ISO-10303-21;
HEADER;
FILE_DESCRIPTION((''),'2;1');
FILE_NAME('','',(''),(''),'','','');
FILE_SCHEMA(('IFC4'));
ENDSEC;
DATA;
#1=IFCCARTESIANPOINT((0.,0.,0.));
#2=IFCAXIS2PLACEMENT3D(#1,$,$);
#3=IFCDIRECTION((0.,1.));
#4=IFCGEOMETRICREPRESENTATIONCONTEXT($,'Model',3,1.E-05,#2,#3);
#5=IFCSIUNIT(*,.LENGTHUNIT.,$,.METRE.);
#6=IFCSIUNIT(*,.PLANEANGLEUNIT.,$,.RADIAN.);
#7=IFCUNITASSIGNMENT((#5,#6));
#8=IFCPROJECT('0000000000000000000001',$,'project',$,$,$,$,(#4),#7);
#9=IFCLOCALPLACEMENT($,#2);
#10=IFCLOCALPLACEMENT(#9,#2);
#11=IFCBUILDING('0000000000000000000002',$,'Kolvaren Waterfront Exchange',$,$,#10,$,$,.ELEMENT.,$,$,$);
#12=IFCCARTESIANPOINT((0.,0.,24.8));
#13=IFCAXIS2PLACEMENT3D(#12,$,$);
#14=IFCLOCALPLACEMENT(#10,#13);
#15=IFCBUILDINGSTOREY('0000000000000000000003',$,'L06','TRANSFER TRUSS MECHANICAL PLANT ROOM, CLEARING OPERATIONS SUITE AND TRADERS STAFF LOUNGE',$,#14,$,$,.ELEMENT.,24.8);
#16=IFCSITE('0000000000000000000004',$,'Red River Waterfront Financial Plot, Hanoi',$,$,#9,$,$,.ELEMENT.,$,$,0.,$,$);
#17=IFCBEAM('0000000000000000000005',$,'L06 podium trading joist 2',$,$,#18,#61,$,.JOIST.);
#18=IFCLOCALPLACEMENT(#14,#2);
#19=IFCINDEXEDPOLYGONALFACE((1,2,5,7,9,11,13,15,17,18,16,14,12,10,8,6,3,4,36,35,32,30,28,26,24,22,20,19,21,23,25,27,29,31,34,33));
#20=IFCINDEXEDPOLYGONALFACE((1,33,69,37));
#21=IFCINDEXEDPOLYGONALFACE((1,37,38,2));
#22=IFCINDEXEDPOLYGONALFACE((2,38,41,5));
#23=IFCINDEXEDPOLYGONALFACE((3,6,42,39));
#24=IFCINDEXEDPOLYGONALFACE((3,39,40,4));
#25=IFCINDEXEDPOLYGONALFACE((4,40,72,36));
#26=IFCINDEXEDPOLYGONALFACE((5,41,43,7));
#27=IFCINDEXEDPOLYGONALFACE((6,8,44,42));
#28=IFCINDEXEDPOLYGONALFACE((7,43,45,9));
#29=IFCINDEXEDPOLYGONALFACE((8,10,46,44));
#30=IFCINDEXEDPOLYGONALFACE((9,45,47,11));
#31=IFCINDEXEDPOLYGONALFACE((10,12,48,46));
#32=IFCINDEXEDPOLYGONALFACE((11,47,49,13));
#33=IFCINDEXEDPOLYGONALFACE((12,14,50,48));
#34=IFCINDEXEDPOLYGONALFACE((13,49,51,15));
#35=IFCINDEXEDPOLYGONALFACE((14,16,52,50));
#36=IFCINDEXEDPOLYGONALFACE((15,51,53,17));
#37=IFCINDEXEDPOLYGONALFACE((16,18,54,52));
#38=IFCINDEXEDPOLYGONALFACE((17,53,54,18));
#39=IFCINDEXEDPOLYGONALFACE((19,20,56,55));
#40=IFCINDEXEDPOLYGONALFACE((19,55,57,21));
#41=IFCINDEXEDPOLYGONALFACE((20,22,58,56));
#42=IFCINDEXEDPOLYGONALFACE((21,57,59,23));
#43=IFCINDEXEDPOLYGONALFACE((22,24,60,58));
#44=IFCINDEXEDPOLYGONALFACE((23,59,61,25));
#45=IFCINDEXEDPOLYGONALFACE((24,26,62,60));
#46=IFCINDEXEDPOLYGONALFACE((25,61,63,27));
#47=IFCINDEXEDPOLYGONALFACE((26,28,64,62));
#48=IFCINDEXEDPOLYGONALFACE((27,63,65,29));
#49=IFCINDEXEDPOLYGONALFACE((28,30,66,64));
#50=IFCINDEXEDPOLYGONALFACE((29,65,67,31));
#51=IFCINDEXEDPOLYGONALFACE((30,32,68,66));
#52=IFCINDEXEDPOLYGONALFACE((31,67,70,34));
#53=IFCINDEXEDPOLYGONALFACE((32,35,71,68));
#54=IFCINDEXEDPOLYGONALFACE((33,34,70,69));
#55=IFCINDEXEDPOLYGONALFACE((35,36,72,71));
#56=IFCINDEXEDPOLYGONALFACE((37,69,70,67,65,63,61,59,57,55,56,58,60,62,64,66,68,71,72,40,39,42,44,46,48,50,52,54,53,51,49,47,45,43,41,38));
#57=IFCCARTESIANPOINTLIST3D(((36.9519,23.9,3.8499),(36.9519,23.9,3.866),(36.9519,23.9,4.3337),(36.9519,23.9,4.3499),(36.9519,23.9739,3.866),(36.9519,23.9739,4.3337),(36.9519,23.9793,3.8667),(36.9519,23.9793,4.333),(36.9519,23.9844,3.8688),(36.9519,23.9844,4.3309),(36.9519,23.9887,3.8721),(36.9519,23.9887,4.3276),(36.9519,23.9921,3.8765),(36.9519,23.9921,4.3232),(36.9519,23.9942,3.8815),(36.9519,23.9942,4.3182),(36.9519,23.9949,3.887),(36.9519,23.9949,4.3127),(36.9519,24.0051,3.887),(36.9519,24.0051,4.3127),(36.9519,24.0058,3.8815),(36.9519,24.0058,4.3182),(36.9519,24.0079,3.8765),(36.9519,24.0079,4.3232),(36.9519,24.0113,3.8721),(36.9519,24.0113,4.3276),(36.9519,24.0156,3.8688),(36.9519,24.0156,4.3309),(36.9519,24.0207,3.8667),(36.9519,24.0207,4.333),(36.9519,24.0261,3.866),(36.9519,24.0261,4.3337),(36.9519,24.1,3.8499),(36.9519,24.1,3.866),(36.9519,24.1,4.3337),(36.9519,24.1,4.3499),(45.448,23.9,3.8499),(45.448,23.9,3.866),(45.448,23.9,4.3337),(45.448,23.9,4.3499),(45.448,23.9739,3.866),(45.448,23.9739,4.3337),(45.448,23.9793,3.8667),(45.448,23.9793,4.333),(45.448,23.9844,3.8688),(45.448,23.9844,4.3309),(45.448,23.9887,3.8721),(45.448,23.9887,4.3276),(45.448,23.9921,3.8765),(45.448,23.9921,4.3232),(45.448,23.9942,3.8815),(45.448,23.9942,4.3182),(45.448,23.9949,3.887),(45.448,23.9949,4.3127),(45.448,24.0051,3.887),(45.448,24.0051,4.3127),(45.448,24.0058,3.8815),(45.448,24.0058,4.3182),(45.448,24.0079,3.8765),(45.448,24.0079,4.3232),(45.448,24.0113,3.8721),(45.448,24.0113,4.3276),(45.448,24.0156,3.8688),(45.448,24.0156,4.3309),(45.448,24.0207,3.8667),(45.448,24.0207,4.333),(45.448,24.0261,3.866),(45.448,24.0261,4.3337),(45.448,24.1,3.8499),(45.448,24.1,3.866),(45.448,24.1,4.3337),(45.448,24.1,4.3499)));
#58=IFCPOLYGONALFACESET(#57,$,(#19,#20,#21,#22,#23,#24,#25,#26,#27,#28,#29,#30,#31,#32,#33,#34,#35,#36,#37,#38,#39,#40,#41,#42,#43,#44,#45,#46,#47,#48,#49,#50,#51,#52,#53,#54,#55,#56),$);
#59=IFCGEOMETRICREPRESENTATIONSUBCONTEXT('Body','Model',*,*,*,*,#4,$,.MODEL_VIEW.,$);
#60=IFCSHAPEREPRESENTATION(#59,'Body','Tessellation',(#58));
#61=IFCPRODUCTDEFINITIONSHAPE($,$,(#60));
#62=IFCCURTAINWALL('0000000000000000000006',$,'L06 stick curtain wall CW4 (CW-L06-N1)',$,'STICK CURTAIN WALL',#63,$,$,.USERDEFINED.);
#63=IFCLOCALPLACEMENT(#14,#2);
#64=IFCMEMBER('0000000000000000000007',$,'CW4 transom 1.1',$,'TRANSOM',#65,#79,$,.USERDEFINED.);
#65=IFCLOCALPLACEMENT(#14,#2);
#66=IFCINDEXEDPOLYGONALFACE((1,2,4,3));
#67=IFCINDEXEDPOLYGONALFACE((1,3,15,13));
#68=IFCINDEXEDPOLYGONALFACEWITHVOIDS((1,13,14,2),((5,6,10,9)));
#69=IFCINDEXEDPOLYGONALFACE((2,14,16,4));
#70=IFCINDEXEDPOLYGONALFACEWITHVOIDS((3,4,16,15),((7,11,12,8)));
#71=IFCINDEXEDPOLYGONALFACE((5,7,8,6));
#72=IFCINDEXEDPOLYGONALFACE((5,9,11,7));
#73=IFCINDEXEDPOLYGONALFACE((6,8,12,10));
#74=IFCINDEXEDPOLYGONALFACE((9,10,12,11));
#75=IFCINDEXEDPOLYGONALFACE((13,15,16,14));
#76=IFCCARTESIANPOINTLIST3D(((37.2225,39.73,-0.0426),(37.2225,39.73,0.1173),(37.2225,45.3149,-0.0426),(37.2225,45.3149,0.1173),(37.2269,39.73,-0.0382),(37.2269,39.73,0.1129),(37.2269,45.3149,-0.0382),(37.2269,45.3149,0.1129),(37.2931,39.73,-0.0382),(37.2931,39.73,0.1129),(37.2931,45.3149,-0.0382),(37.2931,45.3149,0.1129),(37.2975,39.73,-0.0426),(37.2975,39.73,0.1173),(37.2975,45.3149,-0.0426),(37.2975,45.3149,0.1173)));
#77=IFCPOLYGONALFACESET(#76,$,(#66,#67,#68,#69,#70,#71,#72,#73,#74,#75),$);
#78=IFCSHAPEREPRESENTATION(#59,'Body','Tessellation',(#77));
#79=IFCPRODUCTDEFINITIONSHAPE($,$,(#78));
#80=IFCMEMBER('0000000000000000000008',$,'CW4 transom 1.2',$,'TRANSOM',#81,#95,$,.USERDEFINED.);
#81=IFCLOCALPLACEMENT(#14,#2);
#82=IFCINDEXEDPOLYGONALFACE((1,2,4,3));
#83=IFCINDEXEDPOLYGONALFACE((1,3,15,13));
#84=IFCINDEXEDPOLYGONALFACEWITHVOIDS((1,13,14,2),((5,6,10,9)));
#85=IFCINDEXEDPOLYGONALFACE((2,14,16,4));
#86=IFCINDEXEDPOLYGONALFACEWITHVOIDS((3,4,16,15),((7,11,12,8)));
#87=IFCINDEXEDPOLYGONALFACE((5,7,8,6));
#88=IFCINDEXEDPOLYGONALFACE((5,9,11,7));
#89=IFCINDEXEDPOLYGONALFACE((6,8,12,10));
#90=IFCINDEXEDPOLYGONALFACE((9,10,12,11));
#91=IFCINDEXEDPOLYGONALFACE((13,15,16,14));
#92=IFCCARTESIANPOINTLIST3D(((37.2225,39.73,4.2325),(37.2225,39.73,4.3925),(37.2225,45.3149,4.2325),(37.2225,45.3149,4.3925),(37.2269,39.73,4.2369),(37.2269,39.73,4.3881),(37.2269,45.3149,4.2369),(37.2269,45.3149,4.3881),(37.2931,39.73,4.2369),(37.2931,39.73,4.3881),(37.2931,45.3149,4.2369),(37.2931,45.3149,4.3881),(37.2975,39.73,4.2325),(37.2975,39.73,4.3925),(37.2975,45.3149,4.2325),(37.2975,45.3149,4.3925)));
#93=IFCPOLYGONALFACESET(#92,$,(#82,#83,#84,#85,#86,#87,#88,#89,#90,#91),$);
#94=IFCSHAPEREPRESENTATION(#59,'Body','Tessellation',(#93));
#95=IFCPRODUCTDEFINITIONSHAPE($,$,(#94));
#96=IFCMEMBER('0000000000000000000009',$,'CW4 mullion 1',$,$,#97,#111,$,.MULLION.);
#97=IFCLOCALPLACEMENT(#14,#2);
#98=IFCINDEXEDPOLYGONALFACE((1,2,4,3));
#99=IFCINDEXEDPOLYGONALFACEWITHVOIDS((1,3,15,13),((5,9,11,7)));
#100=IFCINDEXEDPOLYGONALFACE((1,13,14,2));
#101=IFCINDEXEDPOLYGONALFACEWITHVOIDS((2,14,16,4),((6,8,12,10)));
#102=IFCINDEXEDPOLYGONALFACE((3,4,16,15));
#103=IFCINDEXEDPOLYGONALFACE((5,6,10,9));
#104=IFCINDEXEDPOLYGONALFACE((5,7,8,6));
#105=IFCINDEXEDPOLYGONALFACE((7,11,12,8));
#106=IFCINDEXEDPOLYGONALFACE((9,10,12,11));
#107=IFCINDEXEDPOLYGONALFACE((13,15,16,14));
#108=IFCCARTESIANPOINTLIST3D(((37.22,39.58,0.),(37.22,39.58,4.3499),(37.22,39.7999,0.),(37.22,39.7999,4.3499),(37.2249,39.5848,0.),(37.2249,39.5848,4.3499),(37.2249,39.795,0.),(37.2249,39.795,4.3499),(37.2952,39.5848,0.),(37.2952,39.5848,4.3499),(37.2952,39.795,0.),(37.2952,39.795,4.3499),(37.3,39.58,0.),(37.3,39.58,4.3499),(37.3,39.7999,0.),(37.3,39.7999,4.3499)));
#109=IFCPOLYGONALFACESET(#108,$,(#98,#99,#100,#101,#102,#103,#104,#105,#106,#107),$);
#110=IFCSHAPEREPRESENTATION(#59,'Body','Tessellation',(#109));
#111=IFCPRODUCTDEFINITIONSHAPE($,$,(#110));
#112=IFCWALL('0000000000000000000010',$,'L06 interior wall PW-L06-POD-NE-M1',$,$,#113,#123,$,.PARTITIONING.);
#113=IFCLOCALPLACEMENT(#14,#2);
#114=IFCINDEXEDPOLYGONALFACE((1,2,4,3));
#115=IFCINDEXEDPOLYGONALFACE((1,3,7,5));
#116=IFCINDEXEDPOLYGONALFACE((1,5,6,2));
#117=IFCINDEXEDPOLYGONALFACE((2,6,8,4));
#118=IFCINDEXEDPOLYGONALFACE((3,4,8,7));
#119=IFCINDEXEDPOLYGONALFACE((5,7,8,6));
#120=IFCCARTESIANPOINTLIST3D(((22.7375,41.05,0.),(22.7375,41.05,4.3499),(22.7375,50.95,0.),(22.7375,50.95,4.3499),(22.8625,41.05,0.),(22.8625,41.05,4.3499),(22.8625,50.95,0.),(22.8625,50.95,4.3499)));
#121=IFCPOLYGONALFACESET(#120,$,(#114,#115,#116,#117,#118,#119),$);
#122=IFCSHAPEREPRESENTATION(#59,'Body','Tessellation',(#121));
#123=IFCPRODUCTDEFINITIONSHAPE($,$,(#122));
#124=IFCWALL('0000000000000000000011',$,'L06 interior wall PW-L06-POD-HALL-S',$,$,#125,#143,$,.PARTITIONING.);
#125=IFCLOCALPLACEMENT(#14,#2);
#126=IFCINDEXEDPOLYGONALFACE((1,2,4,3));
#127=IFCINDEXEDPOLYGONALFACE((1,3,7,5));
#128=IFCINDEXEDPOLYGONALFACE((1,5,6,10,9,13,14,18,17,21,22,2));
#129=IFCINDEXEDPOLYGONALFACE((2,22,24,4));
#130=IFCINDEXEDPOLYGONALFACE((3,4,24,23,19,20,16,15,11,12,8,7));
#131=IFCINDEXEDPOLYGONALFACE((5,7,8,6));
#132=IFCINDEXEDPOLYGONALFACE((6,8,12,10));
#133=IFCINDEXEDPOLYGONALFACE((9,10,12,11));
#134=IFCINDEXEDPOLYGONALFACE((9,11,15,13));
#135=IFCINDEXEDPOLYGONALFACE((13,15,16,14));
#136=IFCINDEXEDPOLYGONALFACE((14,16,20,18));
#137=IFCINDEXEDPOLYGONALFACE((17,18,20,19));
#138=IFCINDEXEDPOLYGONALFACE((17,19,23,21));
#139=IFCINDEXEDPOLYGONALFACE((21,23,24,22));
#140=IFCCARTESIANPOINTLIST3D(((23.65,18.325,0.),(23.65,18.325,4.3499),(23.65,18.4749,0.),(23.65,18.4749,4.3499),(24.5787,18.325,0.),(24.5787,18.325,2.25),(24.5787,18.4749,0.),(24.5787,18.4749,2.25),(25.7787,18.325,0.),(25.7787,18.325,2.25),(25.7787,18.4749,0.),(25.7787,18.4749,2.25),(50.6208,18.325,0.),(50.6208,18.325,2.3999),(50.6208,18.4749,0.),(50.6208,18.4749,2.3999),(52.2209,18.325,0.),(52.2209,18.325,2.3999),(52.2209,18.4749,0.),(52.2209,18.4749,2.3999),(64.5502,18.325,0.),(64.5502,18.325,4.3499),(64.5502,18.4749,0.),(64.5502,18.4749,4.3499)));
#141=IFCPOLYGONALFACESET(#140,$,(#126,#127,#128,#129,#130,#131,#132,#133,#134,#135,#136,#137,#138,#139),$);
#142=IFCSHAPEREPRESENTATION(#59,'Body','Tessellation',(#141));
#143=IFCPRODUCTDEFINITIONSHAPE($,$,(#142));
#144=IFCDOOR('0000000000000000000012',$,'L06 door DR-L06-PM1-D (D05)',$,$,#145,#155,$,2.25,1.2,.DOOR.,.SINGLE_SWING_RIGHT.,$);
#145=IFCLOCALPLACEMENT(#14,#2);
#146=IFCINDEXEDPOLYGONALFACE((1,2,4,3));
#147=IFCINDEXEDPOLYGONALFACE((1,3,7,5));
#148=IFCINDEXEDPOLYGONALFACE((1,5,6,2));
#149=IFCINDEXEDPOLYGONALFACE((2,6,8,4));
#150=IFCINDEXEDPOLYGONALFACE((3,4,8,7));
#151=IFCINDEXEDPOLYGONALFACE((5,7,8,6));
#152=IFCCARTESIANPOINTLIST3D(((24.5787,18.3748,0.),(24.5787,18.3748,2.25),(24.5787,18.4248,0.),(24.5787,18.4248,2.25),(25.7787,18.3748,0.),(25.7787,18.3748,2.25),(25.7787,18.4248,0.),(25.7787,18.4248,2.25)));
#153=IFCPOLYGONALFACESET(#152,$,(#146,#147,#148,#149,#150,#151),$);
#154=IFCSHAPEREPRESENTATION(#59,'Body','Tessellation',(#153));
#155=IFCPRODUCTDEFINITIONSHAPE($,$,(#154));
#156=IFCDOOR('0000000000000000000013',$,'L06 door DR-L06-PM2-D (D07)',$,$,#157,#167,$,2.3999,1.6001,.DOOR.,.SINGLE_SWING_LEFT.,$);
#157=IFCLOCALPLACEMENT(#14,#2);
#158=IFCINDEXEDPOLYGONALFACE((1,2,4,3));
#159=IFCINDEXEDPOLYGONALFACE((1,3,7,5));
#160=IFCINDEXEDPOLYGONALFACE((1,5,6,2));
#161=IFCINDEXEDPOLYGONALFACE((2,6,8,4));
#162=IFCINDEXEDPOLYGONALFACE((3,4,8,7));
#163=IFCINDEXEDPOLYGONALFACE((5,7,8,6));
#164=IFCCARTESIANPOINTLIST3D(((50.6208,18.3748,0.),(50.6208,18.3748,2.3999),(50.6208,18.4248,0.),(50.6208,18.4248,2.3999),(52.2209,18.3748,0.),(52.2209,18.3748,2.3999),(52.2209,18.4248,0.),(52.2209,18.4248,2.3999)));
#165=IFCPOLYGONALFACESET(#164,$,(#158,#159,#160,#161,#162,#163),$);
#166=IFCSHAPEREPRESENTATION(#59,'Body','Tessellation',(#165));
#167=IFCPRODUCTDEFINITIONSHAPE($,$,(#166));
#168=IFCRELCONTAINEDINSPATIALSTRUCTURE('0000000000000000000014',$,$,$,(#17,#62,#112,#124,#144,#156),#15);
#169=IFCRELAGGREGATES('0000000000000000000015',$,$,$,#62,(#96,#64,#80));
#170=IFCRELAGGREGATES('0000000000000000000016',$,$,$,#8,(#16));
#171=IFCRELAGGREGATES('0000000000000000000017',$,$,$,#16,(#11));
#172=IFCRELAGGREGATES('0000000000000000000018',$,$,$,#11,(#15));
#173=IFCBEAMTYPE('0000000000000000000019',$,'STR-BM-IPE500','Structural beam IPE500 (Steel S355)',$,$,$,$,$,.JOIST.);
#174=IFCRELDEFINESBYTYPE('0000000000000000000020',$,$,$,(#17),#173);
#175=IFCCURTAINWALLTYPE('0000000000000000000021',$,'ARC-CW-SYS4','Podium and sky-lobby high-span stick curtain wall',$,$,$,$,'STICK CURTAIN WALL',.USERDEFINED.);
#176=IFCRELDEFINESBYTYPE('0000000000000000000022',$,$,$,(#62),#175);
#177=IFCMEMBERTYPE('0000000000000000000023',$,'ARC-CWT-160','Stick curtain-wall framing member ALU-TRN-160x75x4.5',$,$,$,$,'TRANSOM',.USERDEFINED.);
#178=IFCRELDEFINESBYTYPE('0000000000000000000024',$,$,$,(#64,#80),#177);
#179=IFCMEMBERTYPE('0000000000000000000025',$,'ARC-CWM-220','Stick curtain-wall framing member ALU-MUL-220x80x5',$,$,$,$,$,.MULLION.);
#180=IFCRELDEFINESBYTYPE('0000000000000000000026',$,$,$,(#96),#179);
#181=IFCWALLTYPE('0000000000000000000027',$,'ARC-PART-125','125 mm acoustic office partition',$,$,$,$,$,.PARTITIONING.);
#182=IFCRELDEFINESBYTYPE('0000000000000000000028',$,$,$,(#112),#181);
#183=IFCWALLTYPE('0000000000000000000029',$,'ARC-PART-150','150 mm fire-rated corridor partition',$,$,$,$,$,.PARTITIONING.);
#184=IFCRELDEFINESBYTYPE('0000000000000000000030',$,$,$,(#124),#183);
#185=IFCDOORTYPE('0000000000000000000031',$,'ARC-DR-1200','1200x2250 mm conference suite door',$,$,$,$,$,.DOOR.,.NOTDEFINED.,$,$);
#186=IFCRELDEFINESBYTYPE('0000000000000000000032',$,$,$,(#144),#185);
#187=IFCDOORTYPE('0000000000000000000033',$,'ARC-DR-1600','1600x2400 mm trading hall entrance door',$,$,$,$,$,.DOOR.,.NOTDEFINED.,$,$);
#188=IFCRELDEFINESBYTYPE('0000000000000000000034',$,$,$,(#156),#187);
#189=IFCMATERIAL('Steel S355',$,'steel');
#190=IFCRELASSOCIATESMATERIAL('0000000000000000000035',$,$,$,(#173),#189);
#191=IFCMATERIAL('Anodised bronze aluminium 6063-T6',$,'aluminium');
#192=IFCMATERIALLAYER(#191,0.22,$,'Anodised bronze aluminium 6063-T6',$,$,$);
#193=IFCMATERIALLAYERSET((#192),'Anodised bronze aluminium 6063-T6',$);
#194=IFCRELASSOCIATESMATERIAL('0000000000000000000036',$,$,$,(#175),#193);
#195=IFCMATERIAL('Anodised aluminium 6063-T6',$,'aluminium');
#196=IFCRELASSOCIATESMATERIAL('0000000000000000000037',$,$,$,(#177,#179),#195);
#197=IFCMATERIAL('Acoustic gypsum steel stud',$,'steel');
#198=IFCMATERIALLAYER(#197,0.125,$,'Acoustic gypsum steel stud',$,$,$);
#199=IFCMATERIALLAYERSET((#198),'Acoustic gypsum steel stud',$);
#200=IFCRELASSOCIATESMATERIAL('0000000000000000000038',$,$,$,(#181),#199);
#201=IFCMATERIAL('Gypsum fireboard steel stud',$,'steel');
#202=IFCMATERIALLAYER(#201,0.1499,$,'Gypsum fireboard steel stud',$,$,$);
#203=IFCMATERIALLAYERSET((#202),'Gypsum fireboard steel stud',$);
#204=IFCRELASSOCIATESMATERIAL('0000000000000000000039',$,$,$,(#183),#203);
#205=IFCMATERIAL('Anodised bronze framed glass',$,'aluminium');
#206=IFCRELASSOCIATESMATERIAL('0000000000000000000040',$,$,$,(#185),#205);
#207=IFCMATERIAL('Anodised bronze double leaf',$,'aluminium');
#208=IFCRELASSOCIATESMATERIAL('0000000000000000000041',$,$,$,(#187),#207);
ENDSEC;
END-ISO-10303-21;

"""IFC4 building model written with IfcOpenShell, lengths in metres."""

from ifc_helpers import new_model, si_unit, direction, frame, frame_2d, origin, origin_with_axes, origin_2d, place, context, subcontext, project, spatial, rectangle, hollow_rectangle, i_section, extrude, source, transform, mapped, material, layer, layer_set, material_profile, profile_set, type_object, element, fill, aggregate, save


model = new_model("IFC4")

# Units and contexts
model_context = context("Model", 3, precision=1e-05, world=origin(), true_north=direction((0.0, 1.0)))
body_context = subcontext(model_context, "Body", "Model", "MODEL_VIEW")
ifc_project = project(units=[si_unit("LENGTHUNIT", "METRE"), si_unit("PLANEANGLEUNIT", "RADIAN")], contexts=[model_context])

# Site, building, storey
site_placement = place(None, origin())
site = spatial("IfcSite", under=ifc_project, at=site_placement, Name="Red River Waterfront Financial Plot, Hanoi", CompositionType="ELEMENT", RefElevation=0.0)
building_placement = place(site_placement, origin())
building = spatial("IfcBuilding", under=site, at=building_placement, Name="Kolvaren Waterfront Exchange", CompositionType="ELEMENT")
storey_placement = place(building_placement, frame((0.0, 0.0, 24.8)))
storey = spatial("IfcBuildingStorey", under=building, at=storey_placement, Name="L06", Description="TRANSFER TRUSS MECHANICAL PLANT ROOM, CLEARING OPERATIONS SUITE AND TRADERS STAFF LOUNGE", CompositionType="ELEMENT", Elevation=24.8)

# Beam
ifc_material_1 = material(Name="Steel S355", Category="steel")
ifc_material_profile_1 = material_profile(ifc_material_1, i_section(OverallWidth=0.2, OverallDepth=0.5, WebThickness=0.0103, FlangeThickness=0.0161, FilletRadius=0.021, at=origin_2d()), Name="IPE500")
ifc_profile_set_1 = profile_set([ifc_material_profile_1], Name="Steel S355")
beam_type_1 = type_object("IfcBeamType", Name="STR-BM-IPE500", Description="Structural beam IPE500 (Steel S355)", PredefinedType="JOIST", material=ifc_profile_set_1)
beam_1_placement = place(storey_placement, frame((36.9519, 24.0, 4.0999), z_axis=(1.0, 0.0, 0.0), x_axis=(0.0, 1.0, 0.0)))
element("IfcBeam", 1, at=beam_1_placement, inside=storey, type_object=beam_type_1, Name="L06 podium trading joist 2", PredefinedType="JOIST", context=body_context, shape_type="SweptSolid", body=[
    extrude(i_section(OverallWidth=0.2, OverallDepth=0.5, WebThickness=0.0103, FlangeThickness=0.0161, FilletRadius=0.021, at=origin_2d()), origin(), (0.0, 0.0, 1.0), 8.4961),
])

# Curtain wall, members
ifc_material_2 = material(Name="Anodised bronze aluminium 6063-T6", Category="aluminium")
ifc_layer_1 = layer(ifc_material_2, 0.22, Name="Anodised bronze aluminium 6063-T6")
ifc_layer_set_1 = layer_set([ifc_layer_1], Name="Anodised bronze aluminium 6063-T6")
curtain_wall_type = type_object("IfcCurtainWallType", Name="ARC-CW-SYS4", Description="Podium and sky-lobby high-span stick curtain wall", ElementType="STICK CURTAIN WALL", PredefinedType="USERDEFINED", material=ifc_layer_set_1)
curtain_wall_placement = place(storey_placement, origin())
curtain_wall = element("IfcCurtainWall", 2, at=curtain_wall_placement, inside=storey, type_object=curtain_wall_type, Name="L06 stick curtain wall CW4 (CW-L06-N1)", ObjectType="STICK CURTAIN WALL", PredefinedType="USERDEFINED")
ifc_material_3 = material(Name="Anodised aluminium 6063-T6", Category="aluminium")
ifc_material_profile_2 = material_profile(ifc_material_3, hollow_rectangle(XDim=0.075, YDim=0.1599, WallThickness=0.0044, at=origin_2d()), Name="ALU-TRN-160x75x4.5")
ifc_profile_set_2 = profile_set([ifc_material_profile_2], Name="Anodised aluminium 6063-T6")
member_type_1 = type_object("IfcMemberType", Name="ARC-CWT-160", Description="Stick curtain-wall framing member ALU-TRN-160x75x4.5", ElementType="TRANSOM", PredefinedType="USERDEFINED", material=ifc_profile_set_2)
shared_shape_1 = source(origin_with_axes(), body_context, "Body", "SweptSolid", [
    extrude(hollow_rectangle(XDim=0.075, YDim=0.1599, WallThickness=0.0044, at=origin_2d()), origin(), (0.0, 0.0, 1.0), 5.585),
])
member_1_placement = place(storey_placement, frame((37.26, 39.73, 0.0374), z_axis=(0.0, 1.0, 0.0), x_axis=(-1.0, 0.0, 0.0)))
member_1 = element("IfcMember", 3, at=member_1_placement, type_object=member_type_1, Name="CW4 transom 1.1", ObjectType="TRANSOM", PredefinedType="USERDEFINED", context=body_context, shape_type="MappedRepresentation", body=[
    mapped(shared_shape_1, transform((0.0, 0.0, 0.0), x_axis=(1.0, 0.0, 0.0), y_axis=(0.0, 1.0, 0.0), z_axis=(0.0, 0.0, 1.0), scale=1.0)),
])
member_2_placement = place(storey_placement, frame((37.26, 39.73, 4.3125), z_axis=(0.0, 1.0, 0.0), x_axis=(-1.0, 0.0, 0.0)))
member_2 = element("IfcMember", 4, at=member_2_placement, type_object=member_type_1, Name="CW4 transom 1.2", ObjectType="TRANSOM", PredefinedType="USERDEFINED", context=body_context, shape_type="MappedRepresentation", body=[
    mapped(shared_shape_1, transform((0.0, 0.0, 0.0), x_axis=(1.0, 0.0, 0.0), y_axis=(0.0, 1.0, 0.0), z_axis=(0.0, 0.0, 1.0), scale=1.0)),
])
ifc_material_profile_3 = material_profile(ifc_material_3, hollow_rectangle(XDim=0.0801, YDim=0.22, WallThickness=0.0049, at=origin_2d()), Name="ALU-MUL-220x80x5")
ifc_profile_set_3 = profile_set([ifc_material_profile_3], Name="Anodised aluminium 6063-T6")
member_type_2 = type_object("IfcMemberType", Name="ARC-CWM-220", Description="Stick curtain-wall framing member ALU-MUL-220x80x5", PredefinedType="MULLION", material=ifc_profile_set_3)
shared_shape_2 = source(origin_with_axes(), body_context, "Body", "SweptSolid", [
    extrude(hollow_rectangle(XDim=0.0801, YDim=0.22, WallThickness=0.0049, at=origin_2d()), origin(), (0.0, 0.0, 1.0), 4.3499),
])
member_3_placement = place(storey_placement, frame((37.26, 39.6899, 0.0), z_axis=(0.0, 0.0, 1.0), x_axis=(-1.0, 0.0, 0.0)))
member_3 = element("IfcMember", 5, at=member_3_placement, type_object=member_type_2, Name="CW4 mullion 1", PredefinedType="MULLION", context=body_context, shape_type="MappedRepresentation", body=[
    mapped(shared_shape_2, transform((0.0, 0.0, 0.0), x_axis=(1.0, 0.0, 0.0), y_axis=(0.0, 1.0, 0.0), z_axis=(0.0, 0.0, 1.0), scale=1.0)),
])
aggregate(curtain_wall, [member_3, member_1, member_2])

# Wall
ifc_material_4 = material(Name="Acoustic gypsum steel stud", Category="steel")
ifc_layer_2 = layer(ifc_material_4, 0.125, Name="Acoustic gypsum steel stud")
ifc_layer_set_2 = layer_set([ifc_layer_2], Name="Acoustic gypsum steel stud")
wall_type_1 = type_object("IfcWallType", Name="ARC-PART-125", Description="125 mm acoustic office partition", PredefinedType="PARTITIONING", material=ifc_layer_set_2)
wall_1_placement = place(storey_placement, frame((22.8, 41.05, 0.0), z_axis=(0.0, 0.0, 1.0), x_axis=(0.0, 1.0, 0.0)))
element("IfcWall", 6, at=wall_1_placement, inside=storey, type_object=wall_type_1, Name="L06 interior wall PW-L06-POD-NE-M1", PredefinedType="PARTITIONING", context=body_context, shape_type="SweptSolid", body=[
    extrude(rectangle(XDim=9.8999, YDim=0.125, at=frame_2d((4.95, 0.0))), origin(), (0.0, 0.0, 1.0), 4.3499),
])

# Wall, openings, doors
ifc_material_5 = material(Name="Gypsum fireboard steel stud", Category="steel")
ifc_layer_3 = layer(ifc_material_5, 0.1499, Name="Gypsum fireboard steel stud")
ifc_layer_set_3 = layer_set([ifc_layer_3], Name="Gypsum fireboard steel stud")
wall_type_2 = type_object("IfcWallType", Name="ARC-PART-150", Description="150 mm fire-rated corridor partition", PredefinedType="PARTITIONING", material=ifc_layer_set_3)
wall_2_placement = place(storey_placement, frame((23.6499, 18.3999, 0.0), z_axis=(0.0, 0.0, 1.0), x_axis=(1.0, 0.0, 0.0)))
wall_2 = element("IfcWall", 7, at=wall_2_placement, inside=storey, type_object=wall_type_2, Name="L06 interior wall PW-L06-POD-HALL-S", PredefinedType="PARTITIONING", context=body_context, shape_type="SweptSolid", body=[
    extrude(rectangle(XDim=40.9001, YDim=0.1499, at=frame_2d((20.4502, 0.0))), origin(), (0.0, 0.0, 1.0), 4.3499),
])
opening_1_placement = place(wall_2_placement, frame((0.9287, 0.0, 0.0)))
opening_1 = element("IfcOpeningElement", 8, at=opening_1_placement, cuts=wall_2, PredefinedType="OPENING", context=body_context, shape_type="SweptSolid", body=[
    extrude(rectangle(XDim=1.2, YDim=2.25, at=frame_2d((0.6001, 1.125))), frame((0.0, 0.085, 0.0), z_axis=(0.0, -1.0, 0.0), x_axis=(1.0, 0.0, 0.0)), (0.0, 0.0, 1.0), 0.1699),
])
opening_2_placement = place(wall_2_placement, frame((26.9709, 0.0, 0.0)))
opening_2 = element("IfcOpeningElement", 9, at=opening_2_placement, cuts=wall_2, PredefinedType="OPENING", context=body_context, shape_type="SweptSolid", body=[
    extrude(rectangle(XDim=1.6001, YDim=2.3999, at=frame_2d((0.8, 1.2))), frame((0.0, 0.085, 0.0), z_axis=(0.0, -1.0, 0.0), x_axis=(1.0, 0.0, 0.0)), (0.0, 0.0, 1.0), 0.1699),
])
ifc_material_6 = material(Name="Anodised bronze framed glass", Category="aluminium")
door_type_1 = type_object("IfcDoorType", Name="ARC-DR-1200", Description="1200x2250 mm conference suite door", OperationType="NOTDEFINED", PredefinedType="DOOR", material=ifc_material_6)
door_1_placement = place(opening_1_placement, origin())
door_1 = element("IfcDoor", 10, at=door_1_placement, inside=storey, type_object=door_type_1, Name="L06 door DR-L06-PM1-D (D05)", OperationType="SINGLE_SWING_RIGHT", OverallHeight=2.25, OverallWidth=1.2, PredefinedType="DOOR", context=body_context, shape_type="SweptSolid", body=[
    extrude(rectangle(XDim=1.2, YDim=2.25, at=frame_2d((0.6001, 1.125))), frame((0.0, 0.0249, 0.0), z_axis=(0.0, -1.0, 0.0), x_axis=(1.0, 0.0, 0.0)), (0.0, 0.0, 1.0), 0.05),
])
fill(opening_1, door_1)
ifc_material_7 = material(Name="Anodised bronze double leaf", Category="aluminium")
door_type_2 = type_object("IfcDoorType", Name="ARC-DR-1600", Description="1600x2400 mm trading hall entrance door", OperationType="NOTDEFINED", PredefinedType="DOOR", material=ifc_material_7)
door_2_placement = place(opening_2_placement, origin())
door_2 = element("IfcDoor", 11, at=door_2_placement, inside=storey, type_object=door_type_2, Name="L06 door DR-L06-PM2-D (D07)", OperationType="SINGLE_SWING_LEFT", OverallHeight=2.3999, OverallWidth=1.6001, PredefinedType="DOOR", context=body_context, shape_type="SweptSolid", body=[
    extrude(rectangle(XDim=1.6001, YDim=2.3999, at=frame_2d((0.8, 1.2))), frame((0.0, 0.0249, 0.0), z_axis=(0.0, -1.0, 0.0), x_axis=(1.0, 0.0, 0.0)), (0.0, 0.0, 1.0), 0.05),
])
fill(opening_2, door_2)

save(model, "model.ifc")
